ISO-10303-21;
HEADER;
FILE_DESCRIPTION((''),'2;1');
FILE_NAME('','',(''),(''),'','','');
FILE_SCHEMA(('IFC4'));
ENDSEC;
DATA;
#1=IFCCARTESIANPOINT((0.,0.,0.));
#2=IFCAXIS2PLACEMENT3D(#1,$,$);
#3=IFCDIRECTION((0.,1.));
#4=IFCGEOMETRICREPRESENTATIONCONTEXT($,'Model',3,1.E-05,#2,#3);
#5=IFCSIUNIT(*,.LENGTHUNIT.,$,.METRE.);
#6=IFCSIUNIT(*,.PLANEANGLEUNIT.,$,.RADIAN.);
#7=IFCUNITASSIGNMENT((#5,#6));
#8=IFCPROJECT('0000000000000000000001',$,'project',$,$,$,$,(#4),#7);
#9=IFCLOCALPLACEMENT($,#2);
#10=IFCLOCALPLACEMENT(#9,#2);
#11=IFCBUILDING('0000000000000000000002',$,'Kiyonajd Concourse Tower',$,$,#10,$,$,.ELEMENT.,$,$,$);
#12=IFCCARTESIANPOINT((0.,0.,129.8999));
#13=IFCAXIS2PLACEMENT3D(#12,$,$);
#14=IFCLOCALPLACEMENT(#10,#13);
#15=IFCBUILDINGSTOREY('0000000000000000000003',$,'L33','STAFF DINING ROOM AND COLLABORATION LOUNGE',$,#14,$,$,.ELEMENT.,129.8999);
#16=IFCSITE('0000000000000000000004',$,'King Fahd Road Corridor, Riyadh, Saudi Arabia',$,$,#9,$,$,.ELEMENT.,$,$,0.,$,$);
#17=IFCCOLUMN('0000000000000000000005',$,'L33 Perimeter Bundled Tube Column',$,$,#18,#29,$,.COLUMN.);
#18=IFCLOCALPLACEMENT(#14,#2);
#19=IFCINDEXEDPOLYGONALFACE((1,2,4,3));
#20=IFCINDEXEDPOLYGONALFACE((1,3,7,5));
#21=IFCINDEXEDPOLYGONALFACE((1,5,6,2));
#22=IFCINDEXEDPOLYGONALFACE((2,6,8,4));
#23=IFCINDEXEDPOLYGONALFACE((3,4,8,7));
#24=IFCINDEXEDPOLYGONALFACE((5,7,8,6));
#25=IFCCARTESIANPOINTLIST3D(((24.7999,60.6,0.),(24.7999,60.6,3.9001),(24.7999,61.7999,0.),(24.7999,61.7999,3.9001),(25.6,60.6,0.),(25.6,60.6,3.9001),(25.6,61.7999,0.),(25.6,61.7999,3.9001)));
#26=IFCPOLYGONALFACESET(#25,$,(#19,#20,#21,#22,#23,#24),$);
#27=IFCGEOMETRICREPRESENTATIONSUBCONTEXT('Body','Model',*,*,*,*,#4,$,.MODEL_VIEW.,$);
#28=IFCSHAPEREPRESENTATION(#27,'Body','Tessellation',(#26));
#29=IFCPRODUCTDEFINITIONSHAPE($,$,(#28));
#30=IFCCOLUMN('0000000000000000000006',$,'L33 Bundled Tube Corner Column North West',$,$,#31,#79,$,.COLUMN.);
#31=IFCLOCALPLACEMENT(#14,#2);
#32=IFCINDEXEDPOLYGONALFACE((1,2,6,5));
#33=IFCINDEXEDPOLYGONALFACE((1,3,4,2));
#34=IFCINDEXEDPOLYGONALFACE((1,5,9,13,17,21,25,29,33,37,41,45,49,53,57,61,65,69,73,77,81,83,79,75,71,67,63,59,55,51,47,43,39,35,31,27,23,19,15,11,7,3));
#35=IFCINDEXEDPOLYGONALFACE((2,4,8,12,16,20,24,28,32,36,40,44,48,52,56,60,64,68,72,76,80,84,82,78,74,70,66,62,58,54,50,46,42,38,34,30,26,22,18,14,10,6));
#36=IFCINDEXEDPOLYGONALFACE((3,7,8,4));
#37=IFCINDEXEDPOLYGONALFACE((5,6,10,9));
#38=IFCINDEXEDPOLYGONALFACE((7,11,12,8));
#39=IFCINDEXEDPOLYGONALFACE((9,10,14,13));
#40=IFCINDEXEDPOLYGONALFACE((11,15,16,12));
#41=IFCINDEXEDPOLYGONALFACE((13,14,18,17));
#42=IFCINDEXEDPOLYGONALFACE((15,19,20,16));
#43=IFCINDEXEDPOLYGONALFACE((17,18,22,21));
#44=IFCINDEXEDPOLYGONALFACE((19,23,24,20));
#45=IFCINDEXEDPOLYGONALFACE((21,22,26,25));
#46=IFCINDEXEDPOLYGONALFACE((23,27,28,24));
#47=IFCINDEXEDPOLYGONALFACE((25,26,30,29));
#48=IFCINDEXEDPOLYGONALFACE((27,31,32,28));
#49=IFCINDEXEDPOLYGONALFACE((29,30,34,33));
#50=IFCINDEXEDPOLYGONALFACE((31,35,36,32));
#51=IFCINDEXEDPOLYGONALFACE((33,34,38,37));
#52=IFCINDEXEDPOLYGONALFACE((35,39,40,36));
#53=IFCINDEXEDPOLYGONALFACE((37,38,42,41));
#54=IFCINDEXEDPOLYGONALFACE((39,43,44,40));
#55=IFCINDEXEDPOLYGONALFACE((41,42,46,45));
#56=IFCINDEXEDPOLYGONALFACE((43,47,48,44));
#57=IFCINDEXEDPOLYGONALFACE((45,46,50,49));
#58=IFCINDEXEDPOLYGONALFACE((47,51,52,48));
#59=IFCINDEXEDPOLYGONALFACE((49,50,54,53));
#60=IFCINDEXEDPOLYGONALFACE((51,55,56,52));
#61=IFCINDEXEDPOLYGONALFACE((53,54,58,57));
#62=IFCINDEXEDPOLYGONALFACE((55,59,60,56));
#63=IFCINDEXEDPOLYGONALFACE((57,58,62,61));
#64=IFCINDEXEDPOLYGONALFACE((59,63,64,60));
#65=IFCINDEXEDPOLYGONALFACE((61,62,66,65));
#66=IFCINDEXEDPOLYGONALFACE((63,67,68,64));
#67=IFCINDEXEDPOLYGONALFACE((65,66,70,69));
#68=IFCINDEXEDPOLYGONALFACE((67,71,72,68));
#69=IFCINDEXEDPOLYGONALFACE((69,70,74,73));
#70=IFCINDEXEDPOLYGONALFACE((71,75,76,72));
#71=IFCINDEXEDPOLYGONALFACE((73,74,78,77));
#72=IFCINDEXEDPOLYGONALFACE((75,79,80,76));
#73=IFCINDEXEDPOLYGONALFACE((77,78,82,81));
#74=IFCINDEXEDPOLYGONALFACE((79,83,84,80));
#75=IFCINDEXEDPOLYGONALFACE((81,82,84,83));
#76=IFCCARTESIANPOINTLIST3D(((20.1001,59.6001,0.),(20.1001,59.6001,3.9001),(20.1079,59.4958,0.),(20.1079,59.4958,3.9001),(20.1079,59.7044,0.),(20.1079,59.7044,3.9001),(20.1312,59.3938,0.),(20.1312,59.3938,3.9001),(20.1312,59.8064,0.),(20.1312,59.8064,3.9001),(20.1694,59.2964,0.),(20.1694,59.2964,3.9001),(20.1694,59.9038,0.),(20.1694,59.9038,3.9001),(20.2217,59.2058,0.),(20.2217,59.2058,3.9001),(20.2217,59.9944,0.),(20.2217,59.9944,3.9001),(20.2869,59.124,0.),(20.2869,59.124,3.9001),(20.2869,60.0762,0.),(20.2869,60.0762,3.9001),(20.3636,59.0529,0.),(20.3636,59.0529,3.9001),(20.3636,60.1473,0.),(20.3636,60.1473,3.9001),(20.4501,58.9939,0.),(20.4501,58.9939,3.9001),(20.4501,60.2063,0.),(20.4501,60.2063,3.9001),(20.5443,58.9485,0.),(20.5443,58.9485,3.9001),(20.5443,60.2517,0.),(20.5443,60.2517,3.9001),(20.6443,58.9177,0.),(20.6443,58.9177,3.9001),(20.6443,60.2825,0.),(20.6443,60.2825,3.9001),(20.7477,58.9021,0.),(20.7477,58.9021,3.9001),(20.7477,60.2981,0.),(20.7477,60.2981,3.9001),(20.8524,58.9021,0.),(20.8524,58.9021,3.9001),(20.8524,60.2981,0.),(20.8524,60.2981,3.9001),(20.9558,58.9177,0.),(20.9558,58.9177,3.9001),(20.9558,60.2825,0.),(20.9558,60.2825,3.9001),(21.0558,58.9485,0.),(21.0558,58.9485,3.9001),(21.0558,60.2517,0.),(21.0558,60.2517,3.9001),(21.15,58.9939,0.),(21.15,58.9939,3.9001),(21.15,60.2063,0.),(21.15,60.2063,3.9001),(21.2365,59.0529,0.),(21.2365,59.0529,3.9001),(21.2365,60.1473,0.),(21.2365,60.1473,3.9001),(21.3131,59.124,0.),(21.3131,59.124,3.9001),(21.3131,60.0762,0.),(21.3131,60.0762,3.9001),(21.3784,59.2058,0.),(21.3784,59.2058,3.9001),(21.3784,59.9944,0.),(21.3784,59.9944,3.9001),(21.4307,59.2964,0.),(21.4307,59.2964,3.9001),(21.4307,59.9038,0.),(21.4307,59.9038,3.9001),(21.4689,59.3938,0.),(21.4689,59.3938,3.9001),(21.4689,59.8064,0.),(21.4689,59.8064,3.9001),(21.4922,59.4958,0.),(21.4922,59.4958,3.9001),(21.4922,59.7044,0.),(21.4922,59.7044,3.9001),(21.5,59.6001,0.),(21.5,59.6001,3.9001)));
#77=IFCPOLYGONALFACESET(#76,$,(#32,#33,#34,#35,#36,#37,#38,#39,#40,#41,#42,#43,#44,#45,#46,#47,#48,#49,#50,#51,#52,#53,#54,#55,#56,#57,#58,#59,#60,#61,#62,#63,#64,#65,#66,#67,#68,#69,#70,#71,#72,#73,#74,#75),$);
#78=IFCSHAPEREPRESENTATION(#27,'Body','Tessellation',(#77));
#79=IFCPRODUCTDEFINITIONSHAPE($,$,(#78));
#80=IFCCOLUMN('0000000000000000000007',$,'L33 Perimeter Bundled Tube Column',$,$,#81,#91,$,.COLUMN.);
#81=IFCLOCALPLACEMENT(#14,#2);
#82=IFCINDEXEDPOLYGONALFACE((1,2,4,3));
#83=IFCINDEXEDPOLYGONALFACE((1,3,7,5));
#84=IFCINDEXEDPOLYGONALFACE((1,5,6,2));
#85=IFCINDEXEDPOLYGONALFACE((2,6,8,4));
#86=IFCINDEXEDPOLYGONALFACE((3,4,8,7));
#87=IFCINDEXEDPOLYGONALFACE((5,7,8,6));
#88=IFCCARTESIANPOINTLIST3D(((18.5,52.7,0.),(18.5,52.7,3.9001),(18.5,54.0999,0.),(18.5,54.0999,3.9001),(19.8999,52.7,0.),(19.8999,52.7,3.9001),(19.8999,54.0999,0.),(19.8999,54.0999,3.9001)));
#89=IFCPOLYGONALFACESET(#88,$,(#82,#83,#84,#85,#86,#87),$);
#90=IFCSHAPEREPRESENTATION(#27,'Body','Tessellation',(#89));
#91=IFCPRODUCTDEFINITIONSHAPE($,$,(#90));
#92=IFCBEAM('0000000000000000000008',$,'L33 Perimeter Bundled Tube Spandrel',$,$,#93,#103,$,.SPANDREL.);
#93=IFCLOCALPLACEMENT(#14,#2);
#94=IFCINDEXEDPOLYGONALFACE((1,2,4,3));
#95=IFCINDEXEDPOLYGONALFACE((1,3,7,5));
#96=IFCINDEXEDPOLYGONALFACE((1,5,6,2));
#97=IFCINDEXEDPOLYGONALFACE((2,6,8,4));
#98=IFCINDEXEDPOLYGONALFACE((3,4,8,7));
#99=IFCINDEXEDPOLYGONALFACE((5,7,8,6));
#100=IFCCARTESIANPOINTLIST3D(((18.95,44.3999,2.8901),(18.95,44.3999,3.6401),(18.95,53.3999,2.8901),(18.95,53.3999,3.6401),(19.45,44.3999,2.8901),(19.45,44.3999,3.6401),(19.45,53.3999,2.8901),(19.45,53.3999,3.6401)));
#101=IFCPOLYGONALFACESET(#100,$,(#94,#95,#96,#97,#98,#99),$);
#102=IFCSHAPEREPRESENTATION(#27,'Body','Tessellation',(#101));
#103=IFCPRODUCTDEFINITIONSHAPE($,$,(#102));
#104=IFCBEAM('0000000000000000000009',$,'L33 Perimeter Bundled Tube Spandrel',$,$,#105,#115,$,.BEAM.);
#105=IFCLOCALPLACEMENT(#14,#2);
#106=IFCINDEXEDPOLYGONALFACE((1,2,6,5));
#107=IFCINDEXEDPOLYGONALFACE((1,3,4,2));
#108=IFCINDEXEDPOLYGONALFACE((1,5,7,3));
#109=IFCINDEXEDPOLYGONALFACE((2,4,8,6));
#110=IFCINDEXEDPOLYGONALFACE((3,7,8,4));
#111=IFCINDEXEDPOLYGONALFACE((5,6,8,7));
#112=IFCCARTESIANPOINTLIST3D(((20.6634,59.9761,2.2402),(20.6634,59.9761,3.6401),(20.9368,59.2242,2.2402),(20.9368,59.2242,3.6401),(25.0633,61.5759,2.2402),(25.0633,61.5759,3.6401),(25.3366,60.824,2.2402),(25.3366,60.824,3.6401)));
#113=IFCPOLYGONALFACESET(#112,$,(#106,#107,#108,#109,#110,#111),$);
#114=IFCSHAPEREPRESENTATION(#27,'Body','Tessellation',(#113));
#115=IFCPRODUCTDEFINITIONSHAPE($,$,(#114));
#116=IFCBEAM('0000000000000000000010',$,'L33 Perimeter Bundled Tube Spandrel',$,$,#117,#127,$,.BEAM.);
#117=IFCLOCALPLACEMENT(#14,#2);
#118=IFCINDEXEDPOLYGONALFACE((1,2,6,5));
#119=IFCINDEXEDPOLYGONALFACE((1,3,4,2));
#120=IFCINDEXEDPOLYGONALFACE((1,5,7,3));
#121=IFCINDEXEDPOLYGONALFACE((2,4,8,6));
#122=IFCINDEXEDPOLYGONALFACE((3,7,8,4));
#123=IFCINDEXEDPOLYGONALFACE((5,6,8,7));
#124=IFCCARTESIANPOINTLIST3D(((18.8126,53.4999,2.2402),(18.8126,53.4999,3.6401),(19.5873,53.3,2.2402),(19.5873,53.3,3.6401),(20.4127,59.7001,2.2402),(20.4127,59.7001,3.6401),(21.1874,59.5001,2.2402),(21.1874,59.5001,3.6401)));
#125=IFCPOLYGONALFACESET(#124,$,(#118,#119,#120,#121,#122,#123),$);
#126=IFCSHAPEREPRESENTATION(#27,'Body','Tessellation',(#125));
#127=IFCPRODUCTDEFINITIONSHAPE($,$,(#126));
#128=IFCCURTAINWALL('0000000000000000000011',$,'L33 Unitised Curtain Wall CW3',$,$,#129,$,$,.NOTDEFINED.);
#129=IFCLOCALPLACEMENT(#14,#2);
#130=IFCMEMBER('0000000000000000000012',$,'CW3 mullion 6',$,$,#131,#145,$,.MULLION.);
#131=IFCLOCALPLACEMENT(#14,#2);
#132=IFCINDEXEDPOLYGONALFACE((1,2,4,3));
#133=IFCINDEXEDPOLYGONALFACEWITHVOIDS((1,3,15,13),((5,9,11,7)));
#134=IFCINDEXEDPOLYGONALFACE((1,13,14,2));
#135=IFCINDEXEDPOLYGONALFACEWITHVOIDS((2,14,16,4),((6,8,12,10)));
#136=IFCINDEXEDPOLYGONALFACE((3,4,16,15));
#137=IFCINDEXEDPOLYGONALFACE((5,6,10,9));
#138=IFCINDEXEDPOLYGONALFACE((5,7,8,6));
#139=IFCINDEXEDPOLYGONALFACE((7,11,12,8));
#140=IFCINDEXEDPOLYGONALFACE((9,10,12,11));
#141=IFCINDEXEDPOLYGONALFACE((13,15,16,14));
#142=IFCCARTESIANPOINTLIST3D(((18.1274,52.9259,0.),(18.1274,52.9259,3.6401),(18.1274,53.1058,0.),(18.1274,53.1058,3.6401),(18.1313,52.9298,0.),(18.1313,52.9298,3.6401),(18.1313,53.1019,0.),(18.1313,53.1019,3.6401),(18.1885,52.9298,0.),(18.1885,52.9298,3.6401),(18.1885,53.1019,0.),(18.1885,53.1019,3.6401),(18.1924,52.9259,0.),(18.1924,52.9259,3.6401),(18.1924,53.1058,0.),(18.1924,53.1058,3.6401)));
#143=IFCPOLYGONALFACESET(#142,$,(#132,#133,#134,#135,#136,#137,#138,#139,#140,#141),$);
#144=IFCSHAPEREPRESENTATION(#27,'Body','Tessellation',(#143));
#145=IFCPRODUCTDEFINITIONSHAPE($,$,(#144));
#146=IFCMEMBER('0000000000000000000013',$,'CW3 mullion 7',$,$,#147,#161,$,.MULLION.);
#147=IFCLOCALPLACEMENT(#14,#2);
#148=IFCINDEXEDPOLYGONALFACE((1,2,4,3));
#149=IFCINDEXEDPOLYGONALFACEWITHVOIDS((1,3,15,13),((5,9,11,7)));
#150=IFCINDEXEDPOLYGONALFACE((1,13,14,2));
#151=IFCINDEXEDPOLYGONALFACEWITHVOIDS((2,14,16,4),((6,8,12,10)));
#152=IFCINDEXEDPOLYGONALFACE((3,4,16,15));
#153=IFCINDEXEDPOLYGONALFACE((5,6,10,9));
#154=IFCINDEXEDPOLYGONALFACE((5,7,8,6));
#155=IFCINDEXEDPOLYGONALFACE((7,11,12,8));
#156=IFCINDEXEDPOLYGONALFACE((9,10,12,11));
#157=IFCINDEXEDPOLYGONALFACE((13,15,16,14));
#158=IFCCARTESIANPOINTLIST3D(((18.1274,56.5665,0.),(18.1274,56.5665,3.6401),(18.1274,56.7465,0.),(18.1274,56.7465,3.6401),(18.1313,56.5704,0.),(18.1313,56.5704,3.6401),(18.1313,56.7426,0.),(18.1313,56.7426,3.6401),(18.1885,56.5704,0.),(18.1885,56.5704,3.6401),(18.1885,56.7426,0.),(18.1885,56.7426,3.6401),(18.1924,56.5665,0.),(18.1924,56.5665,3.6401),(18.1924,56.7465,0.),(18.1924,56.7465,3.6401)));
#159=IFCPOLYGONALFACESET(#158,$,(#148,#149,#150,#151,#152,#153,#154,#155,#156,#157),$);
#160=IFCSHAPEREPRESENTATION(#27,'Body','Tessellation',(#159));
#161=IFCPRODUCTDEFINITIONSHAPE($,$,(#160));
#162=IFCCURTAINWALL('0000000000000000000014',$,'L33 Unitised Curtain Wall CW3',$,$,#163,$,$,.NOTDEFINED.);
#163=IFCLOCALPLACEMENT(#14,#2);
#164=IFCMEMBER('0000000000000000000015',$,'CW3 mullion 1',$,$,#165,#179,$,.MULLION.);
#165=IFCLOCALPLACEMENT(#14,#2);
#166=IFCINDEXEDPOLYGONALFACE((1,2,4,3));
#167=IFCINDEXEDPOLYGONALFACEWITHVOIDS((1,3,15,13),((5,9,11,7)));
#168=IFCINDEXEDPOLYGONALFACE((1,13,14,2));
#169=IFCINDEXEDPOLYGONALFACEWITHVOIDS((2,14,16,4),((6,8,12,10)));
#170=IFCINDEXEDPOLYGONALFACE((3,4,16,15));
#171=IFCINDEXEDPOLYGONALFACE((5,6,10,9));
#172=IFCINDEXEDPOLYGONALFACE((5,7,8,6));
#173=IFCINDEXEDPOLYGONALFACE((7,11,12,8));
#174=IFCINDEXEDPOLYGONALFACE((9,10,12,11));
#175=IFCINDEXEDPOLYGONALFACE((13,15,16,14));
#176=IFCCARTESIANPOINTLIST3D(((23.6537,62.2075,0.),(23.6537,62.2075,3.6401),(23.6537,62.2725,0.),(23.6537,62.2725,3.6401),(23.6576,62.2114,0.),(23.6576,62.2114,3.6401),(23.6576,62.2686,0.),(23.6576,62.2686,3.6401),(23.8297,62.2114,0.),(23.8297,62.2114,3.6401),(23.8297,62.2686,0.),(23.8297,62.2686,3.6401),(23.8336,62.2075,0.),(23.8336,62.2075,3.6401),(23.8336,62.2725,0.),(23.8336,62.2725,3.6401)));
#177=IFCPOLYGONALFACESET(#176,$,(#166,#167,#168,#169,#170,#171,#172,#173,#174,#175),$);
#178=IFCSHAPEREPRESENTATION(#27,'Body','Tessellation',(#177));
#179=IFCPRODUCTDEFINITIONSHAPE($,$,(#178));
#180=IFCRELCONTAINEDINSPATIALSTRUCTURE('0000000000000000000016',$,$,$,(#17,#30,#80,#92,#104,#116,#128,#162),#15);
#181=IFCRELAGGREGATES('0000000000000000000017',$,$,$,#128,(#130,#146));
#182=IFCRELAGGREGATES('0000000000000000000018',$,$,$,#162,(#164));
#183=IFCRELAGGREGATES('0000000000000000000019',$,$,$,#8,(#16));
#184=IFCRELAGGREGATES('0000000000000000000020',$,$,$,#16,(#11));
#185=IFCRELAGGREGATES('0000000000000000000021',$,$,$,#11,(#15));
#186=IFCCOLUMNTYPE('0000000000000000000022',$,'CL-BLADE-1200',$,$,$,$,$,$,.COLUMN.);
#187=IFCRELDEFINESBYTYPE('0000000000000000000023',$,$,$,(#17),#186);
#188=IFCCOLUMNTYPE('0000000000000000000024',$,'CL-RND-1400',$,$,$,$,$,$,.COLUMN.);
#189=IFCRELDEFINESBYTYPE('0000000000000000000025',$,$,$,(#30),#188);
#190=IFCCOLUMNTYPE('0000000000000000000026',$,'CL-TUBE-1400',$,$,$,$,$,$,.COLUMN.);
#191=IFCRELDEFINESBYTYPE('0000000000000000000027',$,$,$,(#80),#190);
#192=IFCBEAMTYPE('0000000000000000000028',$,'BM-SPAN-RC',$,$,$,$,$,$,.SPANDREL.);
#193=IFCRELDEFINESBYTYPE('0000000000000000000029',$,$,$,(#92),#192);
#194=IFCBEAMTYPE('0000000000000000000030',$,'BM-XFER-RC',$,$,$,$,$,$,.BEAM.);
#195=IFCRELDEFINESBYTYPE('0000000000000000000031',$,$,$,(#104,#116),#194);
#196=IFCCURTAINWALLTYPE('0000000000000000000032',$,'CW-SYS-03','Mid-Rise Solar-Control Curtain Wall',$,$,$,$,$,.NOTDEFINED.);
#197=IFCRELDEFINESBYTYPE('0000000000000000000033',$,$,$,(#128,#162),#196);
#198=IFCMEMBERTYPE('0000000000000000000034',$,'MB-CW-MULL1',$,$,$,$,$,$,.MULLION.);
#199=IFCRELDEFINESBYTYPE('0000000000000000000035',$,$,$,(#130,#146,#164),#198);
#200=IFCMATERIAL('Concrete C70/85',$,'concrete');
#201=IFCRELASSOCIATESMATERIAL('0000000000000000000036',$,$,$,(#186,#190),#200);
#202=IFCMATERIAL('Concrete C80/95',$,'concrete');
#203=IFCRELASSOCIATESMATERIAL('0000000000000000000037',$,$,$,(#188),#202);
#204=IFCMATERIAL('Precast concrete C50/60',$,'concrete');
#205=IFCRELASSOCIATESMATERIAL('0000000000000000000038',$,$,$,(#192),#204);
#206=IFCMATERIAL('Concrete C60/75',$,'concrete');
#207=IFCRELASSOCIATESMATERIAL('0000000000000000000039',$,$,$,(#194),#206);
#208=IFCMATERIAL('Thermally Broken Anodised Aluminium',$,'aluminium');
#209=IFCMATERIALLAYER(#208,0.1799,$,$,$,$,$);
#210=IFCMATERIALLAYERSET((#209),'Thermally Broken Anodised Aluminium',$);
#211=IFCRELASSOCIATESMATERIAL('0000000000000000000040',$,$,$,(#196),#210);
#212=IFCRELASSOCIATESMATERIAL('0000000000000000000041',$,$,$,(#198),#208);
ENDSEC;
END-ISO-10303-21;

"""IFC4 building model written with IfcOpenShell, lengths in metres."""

from ifc_helpers import new_model, si_unit, direction, frame, origin, origin_2d, place, context, subcontext, project, spatial, rectangle, hollow_rectangle, circle, extrude, material, layer, layer_set, material_profile, profile_set, type_object, element, aggregate, save


model = new_model("IFC4")

# Units and contexts
model_context = context("Model", 3, precision=1e-05, world=origin(), true_north=direction((0.0, 1.0)))
body_context = subcontext(model_context, "Body", "Model", "MODEL_VIEW")
ifc_project = project(units=[si_unit("LENGTHUNIT", "METRE"), si_unit("PLANEANGLEUNIT", "RADIAN")], contexts=[model_context])

# Site, building, storey
site_placement = place(None, origin())
site = spatial("IfcSite", under=ifc_project, at=site_placement, Name="King Fahd Road Corridor, Riyadh, Saudi Arabia", CompositionType="ELEMENT", RefElevation=0.0)
building_placement = place(site_placement, origin())
building = spatial("IfcBuilding", under=site, at=building_placement, Name="Kiyonajd Concourse Tower", CompositionType="ELEMENT")
storey_placement = place(building_placement, frame((0.0, 0.0, 129.8999)))
storey = spatial("IfcBuildingStorey", under=building, at=storey_placement, Name="L33", Description="STAFF DINING ROOM AND COLLABORATION LOUNGE", CompositionType="ELEMENT", Elevation=129.8999)

# Columns
ifc_material_1 = material(Name="Concrete C70/85", Category="concrete")
ifc_material_profile_1 = material_profile(ifc_material_1, rectangle(XDim=0.8, YDim=1.2, at=origin_2d()), Name="RC-1200x800")
ifc_profile_set_1 = profile_set([ifc_material_profile_1], Name="Concrete C70/85")
column_type_1 = type_object("IfcColumnType", Name="CL-BLADE-1200", PredefinedType="COLUMN", material=ifc_profile_set_1)
column_1_placement = place(storey_placement, frame((25.2, 61.2, 0.0), z_axis=(0.0, 0.0, 1.0), x_axis=(1.0, 0.0, 0.0)))
element("IfcColumn", 1, at=column_1_placement, inside=storey, type_object=column_type_1, Name="L33 Perimeter Bundled Tube Column", PredefinedType="COLUMN", context=body_context, shape_type="SweptSolid", body=[
    extrude(rectangle(XDim=0.8, YDim=1.2, at=origin_2d()), origin(), (0.0, 0.0, 1.0), 3.9001),
])
ifc_material_2 = material(Name="Concrete C80/95", Category="concrete")
ifc_material_profile_2 = material_profile(ifc_material_2, circle(Radius=0.7, at=origin_2d()), Name="RCC-D1400")
ifc_profile_set_2 = profile_set([ifc_material_profile_2], Name="Concrete C80/95")
column_type_2 = type_object("IfcColumnType", Name="CL-RND-1400", PredefinedType="COLUMN", material=ifc_profile_set_2)
column_2_placement = place(storey_placement, frame((20.8, 59.6001, 0.0), z_axis=(0.0, 0.0, 1.0), x_axis=(1.0, 0.0, 0.0)))
element("IfcColumn", 2, at=column_2_placement, inside=storey, type_object=column_type_2, Name="L33 Bundled Tube Corner Column North West", PredefinedType="COLUMN", context=body_context, shape_type="SweptSolid", body=[
    extrude(circle(Radius=0.7, at=origin_2d()), origin(), (0.0, 0.0, 1.0), 3.9001),
])
ifc_material_profile_3 = material_profile(ifc_material_1, rectangle(XDim=1.3999, YDim=1.3999, at=origin_2d()), Name="RC-1400x1400")
ifc_profile_set_3 = profile_set([ifc_material_profile_3], Name="Concrete C70/85")
column_type_3 = type_object("IfcColumnType", Name="CL-TUBE-1400", PredefinedType="COLUMN", material=ifc_profile_set_3)
column_3_placement = place(storey_placement, frame((19.2, 53.3999, 0.0), z_axis=(0.0, 0.0, 1.0), x_axis=(1.0, 0.0, 0.0)))
element("IfcColumn", 3, at=column_3_placement, inside=storey, type_object=column_type_3, Name="L33 Perimeter Bundled Tube Column", PredefinedType="COLUMN", context=body_context, shape_type="SweptSolid", body=[
    extrude(rectangle(XDim=1.3999, YDim=1.3999, at=origin_2d()), origin(), (0.0, 0.0, 1.0), 3.9001),
])

# Beams
ifc_material_3 = material(Name="Precast concrete C50/60", Category="concrete")
ifc_material_profile_4 = material_profile(ifc_material_3, rectangle(XDim=0.5, YDim=0.75, at=origin_2d()), Name="RCBM-500x750")
ifc_profile_set_4 = profile_set([ifc_material_profile_4], Name="Precast concrete C50/60")
beam_type_1 = type_object("IfcBeamType", Name="BM-SPAN-RC", PredefinedType="SPANDREL", material=ifc_profile_set_4)
beam_1_placement = place(storey_placement, frame((19.2, 53.3999, 3.2651), z_axis=(0.0, -1.0, 0.0), x_axis=(1.0, 0.0, 0.0)))
element("IfcBeam", 4, at=beam_1_placement, inside=storey, type_object=beam_type_1, Name="L33 Perimeter Bundled Tube Spandrel", PredefinedType="SPANDREL", context=body_context, shape_type="SweptSolid", body=[
    extrude(rectangle(XDim=0.5, YDim=0.75, at=origin_2d()), origin(), (0.0, 0.0, 1.0), 9.0),
])
ifc_material_4 = material(Name="Concrete C60/75", Category="concrete")
ifc_material_profile_5 = material_profile(ifc_material_4, rectangle(XDim=0.8, YDim=1.3999, at=origin_2d()), Name="RCBM-800x1400")
ifc_profile_set_5 = profile_set([ifc_material_profile_5], Name="Concrete C60/75")
beam_type_2 = type_object("IfcBeamType", Name="BM-XFER-RC", PredefinedType="BEAM", material=ifc_profile_set_5)
beam_2_placement = place(storey_placement, frame((25.2, 61.2, 2.9402), z_axis=(-0.939801, -0.341722, 0.0), x_axis=(0.341722, -0.939801, 0.0)))
element("IfcBeam", 5, at=beam_2_placement, inside=storey, type_object=beam_type_2, Name="L33 Perimeter Bundled Tube Spandrel", PredefinedType="BEAM", context=body_context, shape_type="SweptSolid", body=[
    extrude(rectangle(XDim=0.8, YDim=1.3999, at=origin_2d()), origin(), (0.0, 0.0, 1.0), 4.6816),
])
beam_3_placement = place(storey_placement, frame((20.8, 59.6001, 2.9402), z_axis=(-0.249885, -0.968276, 0.0), x_axis=(0.968276, -0.249885, 0.0)))
element("IfcBeam", 6, at=beam_3_placement, inside=storey, type_object=beam_type_2, Name="L33 Perimeter Bundled Tube Spandrel", PredefinedType="BEAM", context=body_context, shape_type="SweptSolid", body=[
    extrude(rectangle(XDim=0.8, YDim=1.3999, at=origin_2d()), origin(), (0.0, 0.0, 1.0), 6.4033),
])

# Curtain walls, members
ifc_material_5 = material(Name="Thermally Broken Anodised Aluminium", Category="aluminium")
ifc_layer_1 = layer(ifc_material_5, 0.1799)
ifc_layer_set_1 = layer_set([ifc_layer_1], Name="Thermally Broken Anodised Aluminium")
curtain_wall_type = type_object("IfcCurtainWallType", Name="CW-SYS-03", Description="Mid-Rise Solar-Control Curtain Wall", PredefinedType="NOTDEFINED", material=ifc_layer_set_1)
curtain_wall_1_placement = place(storey_placement, origin())
curtain_wall_1 = element("IfcCurtainWall", 7, at=curtain_wall_1_placement, inside=storey, type_object=curtain_wall_type, Name="L33 Unitised Curtain Wall CW3", PredefinedType="NOTDEFINED")
ifc_material_profile_6 = material_profile(ifc_material_5, hollow_rectangle(XDim=0.0649, YDim=0.1799, WallThickness=0.0039, at=origin_2d()), Name="MULL-65x180")
ifc_profile_set_6 = profile_set([ifc_material_profile_6], Name="Thermally Broken Anodised Aluminium")
member_type_1 = type_object("IfcMemberType", Name="MB-CW-MULL1", PredefinedType="MULLION", material=ifc_profile_set_6)
member_1_placement = place(storey_placement, frame((18.1599, 53.0159, 0.0), z_axis=(0.0, 0.0, 1.0), x_axis=(-1.0, 0.0, 0.0)))
member_1 = element("IfcMember", 8, at=member_1_placement, type_object=member_type_1, Name="CW3 mullion 6", PredefinedType="MULLION", context=body_context, shape_type="SweptSolid", body=[
    extrude(hollow_rectangle(XDim=0.0649, YDim=0.1799, WallThickness=0.0039, at=origin_2d()), origin(), (0.0, 0.0, 1.0), 3.6401),
])
member_2_placement = place(storey_placement, frame((18.1599, 56.6565, 0.0), z_axis=(0.0, 0.0, 1.0), x_axis=(-1.0, 0.0, 0.0)))
member_2 = element("IfcMember", 9, at=member_2_placement, type_object=member_type_1, Name="CW3 mullion 7", PredefinedType="MULLION", context=body_context, shape_type="SweptSolid", body=[
    extrude(hollow_rectangle(XDim=0.0649, YDim=0.1799, WallThickness=0.0039, at=origin_2d()), origin(), (0.0, 0.0, 1.0), 3.6401),
])
curtain_wall_2_placement = place(storey_placement, origin())
curtain_wall_2 = element("IfcCurtainWall", 10, at=curtain_wall_2_placement, inside=storey, type_object=curtain_wall_type, Name="L33 Unitised Curtain Wall CW3", PredefinedType="NOTDEFINED")
member_3_placement = place(storey_placement, frame((23.7437, 62.24, 0.0), z_axis=(0.0, 0.0, 1.0), x_axis=(0.0, 1.0, 0.0)))
member_3 = element("IfcMember", 11, at=member_3_placement, type_object=member_type_1, Name="CW3 mullion 1", PredefinedType="MULLION", context=body_context, shape_type="SweptSolid", body=[
    extrude(hollow_rectangle(XDim=0.0649, YDim=0.1799, WallThickness=0.0039, at=origin_2d()), origin(), (0.0, 0.0, 1.0), 3.6401),
])

aggregate(curtain_wall_1, [member_1, member_2])
aggregate(curtain_wall_2, [member_3])

save(model, "model.ifc")
